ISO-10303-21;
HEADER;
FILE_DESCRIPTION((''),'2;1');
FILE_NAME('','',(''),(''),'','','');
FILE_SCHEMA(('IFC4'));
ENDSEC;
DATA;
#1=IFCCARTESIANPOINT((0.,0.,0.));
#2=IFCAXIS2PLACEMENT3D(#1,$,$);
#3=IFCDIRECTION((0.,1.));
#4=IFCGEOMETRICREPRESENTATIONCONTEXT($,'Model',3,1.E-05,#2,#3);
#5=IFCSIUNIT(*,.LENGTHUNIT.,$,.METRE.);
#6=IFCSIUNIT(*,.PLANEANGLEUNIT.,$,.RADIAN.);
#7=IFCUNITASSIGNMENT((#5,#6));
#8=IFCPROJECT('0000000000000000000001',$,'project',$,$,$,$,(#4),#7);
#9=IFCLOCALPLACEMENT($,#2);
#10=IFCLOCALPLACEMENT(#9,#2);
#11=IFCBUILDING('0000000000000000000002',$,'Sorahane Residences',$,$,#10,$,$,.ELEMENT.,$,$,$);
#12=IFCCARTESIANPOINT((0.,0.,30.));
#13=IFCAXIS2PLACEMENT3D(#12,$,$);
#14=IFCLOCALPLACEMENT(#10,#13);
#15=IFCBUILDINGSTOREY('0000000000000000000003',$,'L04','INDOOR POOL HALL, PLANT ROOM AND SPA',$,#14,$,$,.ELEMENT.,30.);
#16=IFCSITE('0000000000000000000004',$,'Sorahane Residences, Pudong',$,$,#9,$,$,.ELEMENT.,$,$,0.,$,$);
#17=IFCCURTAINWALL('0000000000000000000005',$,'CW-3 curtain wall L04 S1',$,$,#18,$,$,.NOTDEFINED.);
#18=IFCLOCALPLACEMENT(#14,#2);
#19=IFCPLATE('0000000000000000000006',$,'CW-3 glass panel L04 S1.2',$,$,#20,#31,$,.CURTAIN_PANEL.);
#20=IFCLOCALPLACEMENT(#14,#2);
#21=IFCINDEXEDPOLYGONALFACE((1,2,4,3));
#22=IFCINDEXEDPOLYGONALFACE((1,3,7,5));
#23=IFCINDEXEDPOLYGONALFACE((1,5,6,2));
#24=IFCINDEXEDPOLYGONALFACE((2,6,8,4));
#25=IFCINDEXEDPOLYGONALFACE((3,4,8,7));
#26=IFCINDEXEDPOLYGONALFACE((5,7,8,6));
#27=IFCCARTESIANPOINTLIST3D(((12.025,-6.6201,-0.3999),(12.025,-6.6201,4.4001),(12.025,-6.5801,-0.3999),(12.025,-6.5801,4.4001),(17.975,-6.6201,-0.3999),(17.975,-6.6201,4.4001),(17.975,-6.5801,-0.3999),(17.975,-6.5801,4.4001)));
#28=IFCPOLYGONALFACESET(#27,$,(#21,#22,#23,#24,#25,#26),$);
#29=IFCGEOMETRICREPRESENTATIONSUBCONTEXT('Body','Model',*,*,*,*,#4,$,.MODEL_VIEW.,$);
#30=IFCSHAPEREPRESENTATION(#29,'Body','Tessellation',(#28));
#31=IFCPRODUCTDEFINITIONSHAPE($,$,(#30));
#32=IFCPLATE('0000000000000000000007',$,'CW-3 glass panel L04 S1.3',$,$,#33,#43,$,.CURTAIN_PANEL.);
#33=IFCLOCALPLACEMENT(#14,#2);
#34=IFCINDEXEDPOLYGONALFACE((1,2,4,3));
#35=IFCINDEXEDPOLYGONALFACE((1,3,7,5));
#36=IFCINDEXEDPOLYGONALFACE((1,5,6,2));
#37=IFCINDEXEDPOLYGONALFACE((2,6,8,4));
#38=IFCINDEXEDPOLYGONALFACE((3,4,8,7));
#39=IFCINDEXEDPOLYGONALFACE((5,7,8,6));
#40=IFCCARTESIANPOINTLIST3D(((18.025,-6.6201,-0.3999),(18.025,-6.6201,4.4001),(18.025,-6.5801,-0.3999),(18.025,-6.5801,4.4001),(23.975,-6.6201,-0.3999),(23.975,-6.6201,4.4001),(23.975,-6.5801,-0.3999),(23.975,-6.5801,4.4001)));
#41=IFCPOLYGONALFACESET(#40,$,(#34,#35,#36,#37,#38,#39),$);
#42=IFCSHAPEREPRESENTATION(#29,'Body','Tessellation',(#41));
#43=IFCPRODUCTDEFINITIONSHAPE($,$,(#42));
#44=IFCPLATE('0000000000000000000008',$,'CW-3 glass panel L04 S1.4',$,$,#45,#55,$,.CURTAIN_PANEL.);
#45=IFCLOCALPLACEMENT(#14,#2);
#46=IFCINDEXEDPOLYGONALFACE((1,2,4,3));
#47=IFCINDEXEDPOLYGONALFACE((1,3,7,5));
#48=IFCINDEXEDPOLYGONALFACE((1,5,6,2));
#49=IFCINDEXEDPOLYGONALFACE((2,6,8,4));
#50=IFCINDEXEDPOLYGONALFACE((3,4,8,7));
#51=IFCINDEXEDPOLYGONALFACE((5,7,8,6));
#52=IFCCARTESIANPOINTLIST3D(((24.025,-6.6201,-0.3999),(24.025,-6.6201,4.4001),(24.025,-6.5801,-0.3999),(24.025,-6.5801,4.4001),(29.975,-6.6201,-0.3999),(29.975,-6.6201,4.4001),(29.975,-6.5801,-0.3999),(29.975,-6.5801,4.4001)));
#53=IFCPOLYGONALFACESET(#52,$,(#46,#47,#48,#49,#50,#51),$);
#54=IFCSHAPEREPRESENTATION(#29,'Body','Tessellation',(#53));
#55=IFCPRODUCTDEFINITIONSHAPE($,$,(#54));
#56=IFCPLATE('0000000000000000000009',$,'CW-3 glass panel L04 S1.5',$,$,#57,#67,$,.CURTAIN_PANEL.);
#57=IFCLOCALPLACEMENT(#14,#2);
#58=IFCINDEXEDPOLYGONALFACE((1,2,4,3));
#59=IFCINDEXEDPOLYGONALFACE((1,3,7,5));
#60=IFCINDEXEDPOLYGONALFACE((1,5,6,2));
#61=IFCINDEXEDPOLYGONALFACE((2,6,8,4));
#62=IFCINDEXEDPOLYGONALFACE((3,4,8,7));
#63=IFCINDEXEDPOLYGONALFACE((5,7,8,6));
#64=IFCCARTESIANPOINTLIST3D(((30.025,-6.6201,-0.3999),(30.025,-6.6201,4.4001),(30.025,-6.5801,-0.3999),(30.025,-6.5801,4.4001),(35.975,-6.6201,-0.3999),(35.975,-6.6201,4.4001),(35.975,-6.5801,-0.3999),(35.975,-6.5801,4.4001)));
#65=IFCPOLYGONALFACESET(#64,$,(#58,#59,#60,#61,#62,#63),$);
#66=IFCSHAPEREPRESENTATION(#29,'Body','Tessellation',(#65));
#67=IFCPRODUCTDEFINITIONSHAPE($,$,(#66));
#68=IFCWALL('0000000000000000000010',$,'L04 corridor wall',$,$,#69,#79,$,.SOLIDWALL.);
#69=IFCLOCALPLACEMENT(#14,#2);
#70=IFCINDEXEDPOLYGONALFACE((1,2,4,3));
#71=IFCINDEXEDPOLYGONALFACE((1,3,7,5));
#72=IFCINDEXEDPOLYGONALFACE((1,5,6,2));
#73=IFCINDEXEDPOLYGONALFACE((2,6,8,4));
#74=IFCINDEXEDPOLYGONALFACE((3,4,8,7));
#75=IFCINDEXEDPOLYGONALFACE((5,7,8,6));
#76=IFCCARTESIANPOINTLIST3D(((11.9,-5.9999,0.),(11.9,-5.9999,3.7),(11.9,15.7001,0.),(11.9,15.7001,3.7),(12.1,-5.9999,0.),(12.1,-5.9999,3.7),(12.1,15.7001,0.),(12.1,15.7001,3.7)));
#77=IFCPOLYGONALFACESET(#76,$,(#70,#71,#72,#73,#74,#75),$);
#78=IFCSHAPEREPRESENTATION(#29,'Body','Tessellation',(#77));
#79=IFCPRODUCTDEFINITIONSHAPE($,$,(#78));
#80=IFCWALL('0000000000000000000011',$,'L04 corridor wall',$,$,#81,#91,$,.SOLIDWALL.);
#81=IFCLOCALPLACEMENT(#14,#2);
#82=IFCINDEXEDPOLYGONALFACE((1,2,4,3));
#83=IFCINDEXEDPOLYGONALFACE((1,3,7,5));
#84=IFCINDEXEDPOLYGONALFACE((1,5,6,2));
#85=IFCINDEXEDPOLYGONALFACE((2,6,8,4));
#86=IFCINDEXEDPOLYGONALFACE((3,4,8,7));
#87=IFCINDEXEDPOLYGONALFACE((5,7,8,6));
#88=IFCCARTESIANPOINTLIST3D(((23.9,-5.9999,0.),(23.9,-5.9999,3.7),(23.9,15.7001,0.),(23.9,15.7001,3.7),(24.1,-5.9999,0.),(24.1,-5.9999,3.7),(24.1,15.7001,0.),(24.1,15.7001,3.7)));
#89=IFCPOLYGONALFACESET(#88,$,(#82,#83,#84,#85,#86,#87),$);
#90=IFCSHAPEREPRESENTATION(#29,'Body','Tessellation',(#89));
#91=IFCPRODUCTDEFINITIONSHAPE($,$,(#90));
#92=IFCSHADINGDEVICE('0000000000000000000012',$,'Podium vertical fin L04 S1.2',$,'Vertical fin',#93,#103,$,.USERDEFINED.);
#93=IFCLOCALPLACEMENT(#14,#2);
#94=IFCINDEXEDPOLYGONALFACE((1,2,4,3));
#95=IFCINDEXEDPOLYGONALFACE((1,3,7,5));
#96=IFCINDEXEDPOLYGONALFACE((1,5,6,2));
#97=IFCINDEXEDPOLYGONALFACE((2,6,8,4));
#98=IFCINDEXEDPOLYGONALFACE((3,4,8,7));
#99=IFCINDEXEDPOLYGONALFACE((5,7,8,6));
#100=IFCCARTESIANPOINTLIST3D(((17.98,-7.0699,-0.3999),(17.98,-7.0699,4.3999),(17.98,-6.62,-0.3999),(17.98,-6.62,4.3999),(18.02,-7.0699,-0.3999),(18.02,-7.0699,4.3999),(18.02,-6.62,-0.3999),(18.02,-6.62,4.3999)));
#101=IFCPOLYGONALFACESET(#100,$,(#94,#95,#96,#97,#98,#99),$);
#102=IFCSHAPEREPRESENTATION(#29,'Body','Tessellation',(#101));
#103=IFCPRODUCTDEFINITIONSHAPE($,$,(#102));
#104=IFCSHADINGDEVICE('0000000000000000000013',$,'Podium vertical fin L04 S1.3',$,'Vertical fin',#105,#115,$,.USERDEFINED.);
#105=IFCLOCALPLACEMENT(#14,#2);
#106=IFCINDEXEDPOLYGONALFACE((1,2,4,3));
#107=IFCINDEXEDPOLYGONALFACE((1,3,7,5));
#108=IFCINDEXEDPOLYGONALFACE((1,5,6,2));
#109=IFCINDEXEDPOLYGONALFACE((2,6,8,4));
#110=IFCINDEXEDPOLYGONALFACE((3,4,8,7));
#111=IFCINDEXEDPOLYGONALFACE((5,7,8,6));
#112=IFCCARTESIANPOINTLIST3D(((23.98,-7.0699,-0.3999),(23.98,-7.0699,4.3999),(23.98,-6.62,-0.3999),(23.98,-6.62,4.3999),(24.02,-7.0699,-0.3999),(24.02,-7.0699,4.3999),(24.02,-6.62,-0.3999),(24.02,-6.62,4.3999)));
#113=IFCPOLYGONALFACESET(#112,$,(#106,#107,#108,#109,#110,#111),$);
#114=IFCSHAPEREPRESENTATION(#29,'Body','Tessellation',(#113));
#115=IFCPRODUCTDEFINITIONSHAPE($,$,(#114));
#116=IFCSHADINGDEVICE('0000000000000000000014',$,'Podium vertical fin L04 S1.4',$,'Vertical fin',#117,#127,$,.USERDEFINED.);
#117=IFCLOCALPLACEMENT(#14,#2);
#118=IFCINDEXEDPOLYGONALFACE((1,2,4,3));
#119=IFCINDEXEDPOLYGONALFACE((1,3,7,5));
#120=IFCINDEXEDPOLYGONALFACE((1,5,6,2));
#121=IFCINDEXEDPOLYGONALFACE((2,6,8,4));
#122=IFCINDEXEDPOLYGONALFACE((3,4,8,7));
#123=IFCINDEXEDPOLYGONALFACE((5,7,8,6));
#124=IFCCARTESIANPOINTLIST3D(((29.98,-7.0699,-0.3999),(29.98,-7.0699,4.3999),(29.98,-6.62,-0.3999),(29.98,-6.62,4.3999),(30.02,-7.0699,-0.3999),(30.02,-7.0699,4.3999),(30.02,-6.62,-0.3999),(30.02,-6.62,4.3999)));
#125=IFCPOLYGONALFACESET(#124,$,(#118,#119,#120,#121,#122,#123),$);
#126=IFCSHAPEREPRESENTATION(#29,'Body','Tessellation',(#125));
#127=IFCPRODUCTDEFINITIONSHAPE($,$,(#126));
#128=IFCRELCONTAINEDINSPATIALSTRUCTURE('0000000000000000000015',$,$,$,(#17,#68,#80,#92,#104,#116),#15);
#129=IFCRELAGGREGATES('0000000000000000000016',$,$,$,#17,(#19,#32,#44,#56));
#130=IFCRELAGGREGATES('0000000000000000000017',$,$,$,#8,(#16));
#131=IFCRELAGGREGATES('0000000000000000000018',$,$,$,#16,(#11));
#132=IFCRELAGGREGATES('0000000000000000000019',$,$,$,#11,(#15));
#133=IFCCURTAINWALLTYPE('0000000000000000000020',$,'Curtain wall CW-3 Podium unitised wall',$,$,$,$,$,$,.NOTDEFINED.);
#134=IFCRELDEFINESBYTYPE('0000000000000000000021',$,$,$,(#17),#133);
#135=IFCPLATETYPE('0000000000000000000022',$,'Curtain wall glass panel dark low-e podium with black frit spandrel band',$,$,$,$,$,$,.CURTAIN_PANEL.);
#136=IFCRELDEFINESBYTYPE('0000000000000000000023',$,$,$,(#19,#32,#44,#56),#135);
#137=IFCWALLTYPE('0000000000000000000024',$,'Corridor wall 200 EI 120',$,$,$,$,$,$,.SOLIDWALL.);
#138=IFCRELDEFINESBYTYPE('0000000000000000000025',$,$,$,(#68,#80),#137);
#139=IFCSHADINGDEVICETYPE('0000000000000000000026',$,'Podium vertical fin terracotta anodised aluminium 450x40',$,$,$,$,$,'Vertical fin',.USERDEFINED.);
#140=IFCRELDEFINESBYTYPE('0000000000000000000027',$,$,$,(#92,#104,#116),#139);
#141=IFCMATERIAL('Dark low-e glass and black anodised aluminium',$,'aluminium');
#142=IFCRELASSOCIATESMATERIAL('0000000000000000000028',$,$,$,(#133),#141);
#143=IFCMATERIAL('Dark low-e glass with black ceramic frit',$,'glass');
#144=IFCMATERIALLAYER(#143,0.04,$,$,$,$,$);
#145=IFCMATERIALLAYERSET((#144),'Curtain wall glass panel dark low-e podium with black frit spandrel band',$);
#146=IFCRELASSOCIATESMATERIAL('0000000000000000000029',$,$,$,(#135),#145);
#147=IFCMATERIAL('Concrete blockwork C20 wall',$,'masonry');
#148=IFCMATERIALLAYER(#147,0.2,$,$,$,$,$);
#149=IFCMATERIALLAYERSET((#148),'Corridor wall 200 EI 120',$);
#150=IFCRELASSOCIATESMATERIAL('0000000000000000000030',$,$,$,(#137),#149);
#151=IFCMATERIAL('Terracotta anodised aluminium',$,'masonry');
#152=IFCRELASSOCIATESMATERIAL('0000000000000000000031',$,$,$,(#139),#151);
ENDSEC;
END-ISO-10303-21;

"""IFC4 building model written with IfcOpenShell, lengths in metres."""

from ifc_helpers import new_model, si_unit, direction, frame, frame_2d, origin, origin_2d, place, context, subcontext, project, spatial, rectangle, extrude, material, layer, layer_set, material_profile, profile_set, type_object, element, aggregate, save


model = new_model("IFC4")

# Units and contexts
model_context = context("Model", 3, precision=1e-05, world=origin(), true_north=direction((0.0, 1.0)))
body_context = subcontext(model_context, "Body", "Model", "MODEL_VIEW")
ifc_project = project(units=[si_unit("LENGTHUNIT", "METRE"), si_unit("PLANEANGLEUNIT", "RADIAN")], contexts=[model_context])

# Site, building, storey
site_placement = place(None, origin())
site = spatial("IfcSite", under=ifc_project, at=site_placement, Name="Sorahane Residences, Pudong", CompositionType="ELEMENT", RefElevation=0.0)
building_placement = place(site_placement, origin())
building = spatial("IfcBuilding", under=site, at=building_placement, Name="Sorahane Residences", CompositionType="ELEMENT")
storey_placement = place(building_placement, frame((0.0, 0.0, 30.0)))
storey = spatial("IfcBuildingStorey", under=building, at=storey_placement, Name="L04", Description="INDOOR POOL HALL, PLANT ROOM AND SPA", CompositionType="ELEMENT", Elevation=30.0)

# Curtain wall
ifc_material_1 = material(Name="Dark low-e glass and black anodised aluminium", Category="aluminium")
curtain_wall_type = type_object("IfcCurtainWallType", Name="Curtain wall CW-3 Podium unitised wall", PredefinedType="NOTDEFINED", material=ifc_material_1)
curtain_wall_placement = place(storey_placement, origin())
curtain_wall = element("IfcCurtainWall", 1, at=curtain_wall_placement, inside=storey, type_object=curtain_wall_type, Name="CW-3 curtain wall L04 S1", PredefinedType="NOTDEFINED")

# Plates
ifc_material_2 = material(Name="Dark low-e glass with black ceramic frit", Category="glass")
ifc_layer_1 = layer(ifc_material_2, 0.04)
ifc_layer_set_1 = layer_set([ifc_layer_1], Name="Curtain wall glass panel dark low-e podium with black frit spandrel band")
plate_type = type_object("IfcPlateType", Name="Curtain wall glass panel dark low-e podium with black frit spandrel band", PredefinedType="CURTAIN_PANEL", material=ifc_layer_set_1)
plate_1_placement = place(storey_placement, frame((15.0, -6.6001, -0.3999), z_axis=(0.0, 0.0, 1.0), x_axis=(1.0, 0.0, 0.0)))
plate_1 = element("IfcPlate", 2, at=plate_1_placement, type_object=plate_type, Name="CW-3 glass panel L04 S1.2", PredefinedType="CURTAIN_PANEL", context=body_context, shape_type="SweptSolid", body=[
    extrude(rectangle(XDim=5.95, YDim=0.04, at=origin_2d()), origin(), (0.0, 0.0, 1.0), 4.8),
])
plate_2_placement = place(storey_placement, frame((21.0, -6.6001, -0.3999), z_axis=(0.0, 0.0, 1.0), x_axis=(1.0, 0.0, 0.0)))
plate_2 = element("IfcPlate", 3, at=plate_2_placement, type_object=plate_type, Name="CW-3 glass panel L04 S1.3", PredefinedType="CURTAIN_PANEL", context=body_context, shape_type="SweptSolid", body=[
    extrude(rectangle(XDim=5.95, YDim=0.04, at=origin_2d()), origin(), (0.0, 0.0, 1.0), 4.8),
])
plate_3_placement = place(storey_placement, frame((27.0, -6.6001, -0.3999), z_axis=(0.0, 0.0, 1.0), x_axis=(1.0, 0.0, 0.0)))
plate_3 = element("IfcPlate", 4, at=plate_3_placement, type_object=plate_type, Name="CW-3 glass panel L04 S1.4", PredefinedType="CURTAIN_PANEL", context=body_context, shape_type="SweptSolid", body=[
    extrude(rectangle(XDim=5.95, YDim=0.04, at=origin_2d()), origin(), (0.0, 0.0, 1.0), 4.8),
])
plate_4_placement = place(storey_placement, frame((33.0, -6.6001, -0.3999), z_axis=(0.0, 0.0, 1.0), x_axis=(1.0, 0.0, 0.0)))
plate_4 = element("IfcPlate", 5, at=plate_4_placement, type_object=plate_type, Name="CW-3 glass panel L04 S1.5", PredefinedType="CURTAIN_PANEL", context=body_context, shape_type="SweptSolid", body=[
    extrude(rectangle(XDim=5.95, YDim=0.04, at=origin_2d()), origin(), (0.0, 0.0, 1.0), 4.8),
])
aggregate(curtain_wall, [plate_1, plate_2, plate_3, plate_4])

# Walls
ifc_material_3 = material(Name="Concrete blockwork C20 wall", Category="masonry")
ifc_layer_2 = layer(ifc_material_3, 0.2)
ifc_layer_set_2 = layer_set([ifc_layer_2], Name="Corridor wall 200 EI 120")
wall_type = type_object("IfcWallType", Name="Corridor wall 200 EI 120", PredefinedType="SOLIDWALL", material=ifc_layer_set_2)
for number, where, z_axis, x_axis, name in (
    (6, (12.0, -6.0, 0.0), (0.0, 0.0, 1.0), (0.0, 1.0, 0.0), "L04 corridor wall"),
    (7, (24.0, -6.0, 0.0), (0.0, 0.0, 1.0), (0.0, 1.0, 0.0), "L04 corridor wall"),
):
    element("IfcWall", number, at=place(storey_placement, frame(where, z_axis=z_axis, x_axis=x_axis)), inside=storey, type_object=wall_type, Name=name, PredefinedType="SOLIDWALL", context=body_context, shape_type="SweptSolid", body=[
        extrude(rectangle(XDim=21.7, YDim=0.2, at=frame_2d((10.8501, 0.0))), origin(), (0.0, 0.0, 1.0), 3.7),
    ])

# Shading devices
ifc_material_4 = material(Name="Terracotta anodised aluminium", Category="masonry")
ifc_material_profile_1 = material_profile(ifc_material_4, rectangle(XDim=0.45, YDim=0.04, at=origin_2d()), Name="Podium vertical fin terracotta anodised aluminium 450x40")
ifc_profile_set_1 = profile_set([ifc_material_profile_1], Name="Terracotta anodised aluminium")
shading_device_type = type_object("IfcShadingDeviceType", Name="Podium vertical fin terracotta anodised aluminium 450x40", ElementType="Vertical fin", PredefinedType="USERDEFINED", material=ifc_profile_set_1)
for number, where, z_axis, x_axis, name in (
    (8, (18.0, -6.845, -0.3999), (0.0, 0.0, 1.0), (0.0, -1.0, 0.0), "Podium vertical fin L04 S1.2"),
    (9, (24.0, -6.845, -0.3999), (0.0, 0.0, 1.0), (0.0, -1.0, 0.0), "Podium vertical fin L04 S1.3"),
    (10, (30.0, -6.845, -0.3999), (0.0, 0.0, 1.0), (0.0, -1.0, 0.0), "Podium vertical fin L04 S1.4"),
):
    element("IfcShadingDevice", number, at=place(storey_placement, frame(where, z_axis=z_axis, x_axis=x_axis)), inside=storey, type_object=shading_device_type, Name=name, ObjectType="Vertical fin", PredefinedType="USERDEFINED", context=body_context, shape_type="SweptSolid", body=[
        extrude(rectangle(XDim=0.45, YDim=0.04, at=origin_2d()), origin(), (0.0, 0.0, 1.0), 4.7998),
    ])

save(model, "model.ifc")
